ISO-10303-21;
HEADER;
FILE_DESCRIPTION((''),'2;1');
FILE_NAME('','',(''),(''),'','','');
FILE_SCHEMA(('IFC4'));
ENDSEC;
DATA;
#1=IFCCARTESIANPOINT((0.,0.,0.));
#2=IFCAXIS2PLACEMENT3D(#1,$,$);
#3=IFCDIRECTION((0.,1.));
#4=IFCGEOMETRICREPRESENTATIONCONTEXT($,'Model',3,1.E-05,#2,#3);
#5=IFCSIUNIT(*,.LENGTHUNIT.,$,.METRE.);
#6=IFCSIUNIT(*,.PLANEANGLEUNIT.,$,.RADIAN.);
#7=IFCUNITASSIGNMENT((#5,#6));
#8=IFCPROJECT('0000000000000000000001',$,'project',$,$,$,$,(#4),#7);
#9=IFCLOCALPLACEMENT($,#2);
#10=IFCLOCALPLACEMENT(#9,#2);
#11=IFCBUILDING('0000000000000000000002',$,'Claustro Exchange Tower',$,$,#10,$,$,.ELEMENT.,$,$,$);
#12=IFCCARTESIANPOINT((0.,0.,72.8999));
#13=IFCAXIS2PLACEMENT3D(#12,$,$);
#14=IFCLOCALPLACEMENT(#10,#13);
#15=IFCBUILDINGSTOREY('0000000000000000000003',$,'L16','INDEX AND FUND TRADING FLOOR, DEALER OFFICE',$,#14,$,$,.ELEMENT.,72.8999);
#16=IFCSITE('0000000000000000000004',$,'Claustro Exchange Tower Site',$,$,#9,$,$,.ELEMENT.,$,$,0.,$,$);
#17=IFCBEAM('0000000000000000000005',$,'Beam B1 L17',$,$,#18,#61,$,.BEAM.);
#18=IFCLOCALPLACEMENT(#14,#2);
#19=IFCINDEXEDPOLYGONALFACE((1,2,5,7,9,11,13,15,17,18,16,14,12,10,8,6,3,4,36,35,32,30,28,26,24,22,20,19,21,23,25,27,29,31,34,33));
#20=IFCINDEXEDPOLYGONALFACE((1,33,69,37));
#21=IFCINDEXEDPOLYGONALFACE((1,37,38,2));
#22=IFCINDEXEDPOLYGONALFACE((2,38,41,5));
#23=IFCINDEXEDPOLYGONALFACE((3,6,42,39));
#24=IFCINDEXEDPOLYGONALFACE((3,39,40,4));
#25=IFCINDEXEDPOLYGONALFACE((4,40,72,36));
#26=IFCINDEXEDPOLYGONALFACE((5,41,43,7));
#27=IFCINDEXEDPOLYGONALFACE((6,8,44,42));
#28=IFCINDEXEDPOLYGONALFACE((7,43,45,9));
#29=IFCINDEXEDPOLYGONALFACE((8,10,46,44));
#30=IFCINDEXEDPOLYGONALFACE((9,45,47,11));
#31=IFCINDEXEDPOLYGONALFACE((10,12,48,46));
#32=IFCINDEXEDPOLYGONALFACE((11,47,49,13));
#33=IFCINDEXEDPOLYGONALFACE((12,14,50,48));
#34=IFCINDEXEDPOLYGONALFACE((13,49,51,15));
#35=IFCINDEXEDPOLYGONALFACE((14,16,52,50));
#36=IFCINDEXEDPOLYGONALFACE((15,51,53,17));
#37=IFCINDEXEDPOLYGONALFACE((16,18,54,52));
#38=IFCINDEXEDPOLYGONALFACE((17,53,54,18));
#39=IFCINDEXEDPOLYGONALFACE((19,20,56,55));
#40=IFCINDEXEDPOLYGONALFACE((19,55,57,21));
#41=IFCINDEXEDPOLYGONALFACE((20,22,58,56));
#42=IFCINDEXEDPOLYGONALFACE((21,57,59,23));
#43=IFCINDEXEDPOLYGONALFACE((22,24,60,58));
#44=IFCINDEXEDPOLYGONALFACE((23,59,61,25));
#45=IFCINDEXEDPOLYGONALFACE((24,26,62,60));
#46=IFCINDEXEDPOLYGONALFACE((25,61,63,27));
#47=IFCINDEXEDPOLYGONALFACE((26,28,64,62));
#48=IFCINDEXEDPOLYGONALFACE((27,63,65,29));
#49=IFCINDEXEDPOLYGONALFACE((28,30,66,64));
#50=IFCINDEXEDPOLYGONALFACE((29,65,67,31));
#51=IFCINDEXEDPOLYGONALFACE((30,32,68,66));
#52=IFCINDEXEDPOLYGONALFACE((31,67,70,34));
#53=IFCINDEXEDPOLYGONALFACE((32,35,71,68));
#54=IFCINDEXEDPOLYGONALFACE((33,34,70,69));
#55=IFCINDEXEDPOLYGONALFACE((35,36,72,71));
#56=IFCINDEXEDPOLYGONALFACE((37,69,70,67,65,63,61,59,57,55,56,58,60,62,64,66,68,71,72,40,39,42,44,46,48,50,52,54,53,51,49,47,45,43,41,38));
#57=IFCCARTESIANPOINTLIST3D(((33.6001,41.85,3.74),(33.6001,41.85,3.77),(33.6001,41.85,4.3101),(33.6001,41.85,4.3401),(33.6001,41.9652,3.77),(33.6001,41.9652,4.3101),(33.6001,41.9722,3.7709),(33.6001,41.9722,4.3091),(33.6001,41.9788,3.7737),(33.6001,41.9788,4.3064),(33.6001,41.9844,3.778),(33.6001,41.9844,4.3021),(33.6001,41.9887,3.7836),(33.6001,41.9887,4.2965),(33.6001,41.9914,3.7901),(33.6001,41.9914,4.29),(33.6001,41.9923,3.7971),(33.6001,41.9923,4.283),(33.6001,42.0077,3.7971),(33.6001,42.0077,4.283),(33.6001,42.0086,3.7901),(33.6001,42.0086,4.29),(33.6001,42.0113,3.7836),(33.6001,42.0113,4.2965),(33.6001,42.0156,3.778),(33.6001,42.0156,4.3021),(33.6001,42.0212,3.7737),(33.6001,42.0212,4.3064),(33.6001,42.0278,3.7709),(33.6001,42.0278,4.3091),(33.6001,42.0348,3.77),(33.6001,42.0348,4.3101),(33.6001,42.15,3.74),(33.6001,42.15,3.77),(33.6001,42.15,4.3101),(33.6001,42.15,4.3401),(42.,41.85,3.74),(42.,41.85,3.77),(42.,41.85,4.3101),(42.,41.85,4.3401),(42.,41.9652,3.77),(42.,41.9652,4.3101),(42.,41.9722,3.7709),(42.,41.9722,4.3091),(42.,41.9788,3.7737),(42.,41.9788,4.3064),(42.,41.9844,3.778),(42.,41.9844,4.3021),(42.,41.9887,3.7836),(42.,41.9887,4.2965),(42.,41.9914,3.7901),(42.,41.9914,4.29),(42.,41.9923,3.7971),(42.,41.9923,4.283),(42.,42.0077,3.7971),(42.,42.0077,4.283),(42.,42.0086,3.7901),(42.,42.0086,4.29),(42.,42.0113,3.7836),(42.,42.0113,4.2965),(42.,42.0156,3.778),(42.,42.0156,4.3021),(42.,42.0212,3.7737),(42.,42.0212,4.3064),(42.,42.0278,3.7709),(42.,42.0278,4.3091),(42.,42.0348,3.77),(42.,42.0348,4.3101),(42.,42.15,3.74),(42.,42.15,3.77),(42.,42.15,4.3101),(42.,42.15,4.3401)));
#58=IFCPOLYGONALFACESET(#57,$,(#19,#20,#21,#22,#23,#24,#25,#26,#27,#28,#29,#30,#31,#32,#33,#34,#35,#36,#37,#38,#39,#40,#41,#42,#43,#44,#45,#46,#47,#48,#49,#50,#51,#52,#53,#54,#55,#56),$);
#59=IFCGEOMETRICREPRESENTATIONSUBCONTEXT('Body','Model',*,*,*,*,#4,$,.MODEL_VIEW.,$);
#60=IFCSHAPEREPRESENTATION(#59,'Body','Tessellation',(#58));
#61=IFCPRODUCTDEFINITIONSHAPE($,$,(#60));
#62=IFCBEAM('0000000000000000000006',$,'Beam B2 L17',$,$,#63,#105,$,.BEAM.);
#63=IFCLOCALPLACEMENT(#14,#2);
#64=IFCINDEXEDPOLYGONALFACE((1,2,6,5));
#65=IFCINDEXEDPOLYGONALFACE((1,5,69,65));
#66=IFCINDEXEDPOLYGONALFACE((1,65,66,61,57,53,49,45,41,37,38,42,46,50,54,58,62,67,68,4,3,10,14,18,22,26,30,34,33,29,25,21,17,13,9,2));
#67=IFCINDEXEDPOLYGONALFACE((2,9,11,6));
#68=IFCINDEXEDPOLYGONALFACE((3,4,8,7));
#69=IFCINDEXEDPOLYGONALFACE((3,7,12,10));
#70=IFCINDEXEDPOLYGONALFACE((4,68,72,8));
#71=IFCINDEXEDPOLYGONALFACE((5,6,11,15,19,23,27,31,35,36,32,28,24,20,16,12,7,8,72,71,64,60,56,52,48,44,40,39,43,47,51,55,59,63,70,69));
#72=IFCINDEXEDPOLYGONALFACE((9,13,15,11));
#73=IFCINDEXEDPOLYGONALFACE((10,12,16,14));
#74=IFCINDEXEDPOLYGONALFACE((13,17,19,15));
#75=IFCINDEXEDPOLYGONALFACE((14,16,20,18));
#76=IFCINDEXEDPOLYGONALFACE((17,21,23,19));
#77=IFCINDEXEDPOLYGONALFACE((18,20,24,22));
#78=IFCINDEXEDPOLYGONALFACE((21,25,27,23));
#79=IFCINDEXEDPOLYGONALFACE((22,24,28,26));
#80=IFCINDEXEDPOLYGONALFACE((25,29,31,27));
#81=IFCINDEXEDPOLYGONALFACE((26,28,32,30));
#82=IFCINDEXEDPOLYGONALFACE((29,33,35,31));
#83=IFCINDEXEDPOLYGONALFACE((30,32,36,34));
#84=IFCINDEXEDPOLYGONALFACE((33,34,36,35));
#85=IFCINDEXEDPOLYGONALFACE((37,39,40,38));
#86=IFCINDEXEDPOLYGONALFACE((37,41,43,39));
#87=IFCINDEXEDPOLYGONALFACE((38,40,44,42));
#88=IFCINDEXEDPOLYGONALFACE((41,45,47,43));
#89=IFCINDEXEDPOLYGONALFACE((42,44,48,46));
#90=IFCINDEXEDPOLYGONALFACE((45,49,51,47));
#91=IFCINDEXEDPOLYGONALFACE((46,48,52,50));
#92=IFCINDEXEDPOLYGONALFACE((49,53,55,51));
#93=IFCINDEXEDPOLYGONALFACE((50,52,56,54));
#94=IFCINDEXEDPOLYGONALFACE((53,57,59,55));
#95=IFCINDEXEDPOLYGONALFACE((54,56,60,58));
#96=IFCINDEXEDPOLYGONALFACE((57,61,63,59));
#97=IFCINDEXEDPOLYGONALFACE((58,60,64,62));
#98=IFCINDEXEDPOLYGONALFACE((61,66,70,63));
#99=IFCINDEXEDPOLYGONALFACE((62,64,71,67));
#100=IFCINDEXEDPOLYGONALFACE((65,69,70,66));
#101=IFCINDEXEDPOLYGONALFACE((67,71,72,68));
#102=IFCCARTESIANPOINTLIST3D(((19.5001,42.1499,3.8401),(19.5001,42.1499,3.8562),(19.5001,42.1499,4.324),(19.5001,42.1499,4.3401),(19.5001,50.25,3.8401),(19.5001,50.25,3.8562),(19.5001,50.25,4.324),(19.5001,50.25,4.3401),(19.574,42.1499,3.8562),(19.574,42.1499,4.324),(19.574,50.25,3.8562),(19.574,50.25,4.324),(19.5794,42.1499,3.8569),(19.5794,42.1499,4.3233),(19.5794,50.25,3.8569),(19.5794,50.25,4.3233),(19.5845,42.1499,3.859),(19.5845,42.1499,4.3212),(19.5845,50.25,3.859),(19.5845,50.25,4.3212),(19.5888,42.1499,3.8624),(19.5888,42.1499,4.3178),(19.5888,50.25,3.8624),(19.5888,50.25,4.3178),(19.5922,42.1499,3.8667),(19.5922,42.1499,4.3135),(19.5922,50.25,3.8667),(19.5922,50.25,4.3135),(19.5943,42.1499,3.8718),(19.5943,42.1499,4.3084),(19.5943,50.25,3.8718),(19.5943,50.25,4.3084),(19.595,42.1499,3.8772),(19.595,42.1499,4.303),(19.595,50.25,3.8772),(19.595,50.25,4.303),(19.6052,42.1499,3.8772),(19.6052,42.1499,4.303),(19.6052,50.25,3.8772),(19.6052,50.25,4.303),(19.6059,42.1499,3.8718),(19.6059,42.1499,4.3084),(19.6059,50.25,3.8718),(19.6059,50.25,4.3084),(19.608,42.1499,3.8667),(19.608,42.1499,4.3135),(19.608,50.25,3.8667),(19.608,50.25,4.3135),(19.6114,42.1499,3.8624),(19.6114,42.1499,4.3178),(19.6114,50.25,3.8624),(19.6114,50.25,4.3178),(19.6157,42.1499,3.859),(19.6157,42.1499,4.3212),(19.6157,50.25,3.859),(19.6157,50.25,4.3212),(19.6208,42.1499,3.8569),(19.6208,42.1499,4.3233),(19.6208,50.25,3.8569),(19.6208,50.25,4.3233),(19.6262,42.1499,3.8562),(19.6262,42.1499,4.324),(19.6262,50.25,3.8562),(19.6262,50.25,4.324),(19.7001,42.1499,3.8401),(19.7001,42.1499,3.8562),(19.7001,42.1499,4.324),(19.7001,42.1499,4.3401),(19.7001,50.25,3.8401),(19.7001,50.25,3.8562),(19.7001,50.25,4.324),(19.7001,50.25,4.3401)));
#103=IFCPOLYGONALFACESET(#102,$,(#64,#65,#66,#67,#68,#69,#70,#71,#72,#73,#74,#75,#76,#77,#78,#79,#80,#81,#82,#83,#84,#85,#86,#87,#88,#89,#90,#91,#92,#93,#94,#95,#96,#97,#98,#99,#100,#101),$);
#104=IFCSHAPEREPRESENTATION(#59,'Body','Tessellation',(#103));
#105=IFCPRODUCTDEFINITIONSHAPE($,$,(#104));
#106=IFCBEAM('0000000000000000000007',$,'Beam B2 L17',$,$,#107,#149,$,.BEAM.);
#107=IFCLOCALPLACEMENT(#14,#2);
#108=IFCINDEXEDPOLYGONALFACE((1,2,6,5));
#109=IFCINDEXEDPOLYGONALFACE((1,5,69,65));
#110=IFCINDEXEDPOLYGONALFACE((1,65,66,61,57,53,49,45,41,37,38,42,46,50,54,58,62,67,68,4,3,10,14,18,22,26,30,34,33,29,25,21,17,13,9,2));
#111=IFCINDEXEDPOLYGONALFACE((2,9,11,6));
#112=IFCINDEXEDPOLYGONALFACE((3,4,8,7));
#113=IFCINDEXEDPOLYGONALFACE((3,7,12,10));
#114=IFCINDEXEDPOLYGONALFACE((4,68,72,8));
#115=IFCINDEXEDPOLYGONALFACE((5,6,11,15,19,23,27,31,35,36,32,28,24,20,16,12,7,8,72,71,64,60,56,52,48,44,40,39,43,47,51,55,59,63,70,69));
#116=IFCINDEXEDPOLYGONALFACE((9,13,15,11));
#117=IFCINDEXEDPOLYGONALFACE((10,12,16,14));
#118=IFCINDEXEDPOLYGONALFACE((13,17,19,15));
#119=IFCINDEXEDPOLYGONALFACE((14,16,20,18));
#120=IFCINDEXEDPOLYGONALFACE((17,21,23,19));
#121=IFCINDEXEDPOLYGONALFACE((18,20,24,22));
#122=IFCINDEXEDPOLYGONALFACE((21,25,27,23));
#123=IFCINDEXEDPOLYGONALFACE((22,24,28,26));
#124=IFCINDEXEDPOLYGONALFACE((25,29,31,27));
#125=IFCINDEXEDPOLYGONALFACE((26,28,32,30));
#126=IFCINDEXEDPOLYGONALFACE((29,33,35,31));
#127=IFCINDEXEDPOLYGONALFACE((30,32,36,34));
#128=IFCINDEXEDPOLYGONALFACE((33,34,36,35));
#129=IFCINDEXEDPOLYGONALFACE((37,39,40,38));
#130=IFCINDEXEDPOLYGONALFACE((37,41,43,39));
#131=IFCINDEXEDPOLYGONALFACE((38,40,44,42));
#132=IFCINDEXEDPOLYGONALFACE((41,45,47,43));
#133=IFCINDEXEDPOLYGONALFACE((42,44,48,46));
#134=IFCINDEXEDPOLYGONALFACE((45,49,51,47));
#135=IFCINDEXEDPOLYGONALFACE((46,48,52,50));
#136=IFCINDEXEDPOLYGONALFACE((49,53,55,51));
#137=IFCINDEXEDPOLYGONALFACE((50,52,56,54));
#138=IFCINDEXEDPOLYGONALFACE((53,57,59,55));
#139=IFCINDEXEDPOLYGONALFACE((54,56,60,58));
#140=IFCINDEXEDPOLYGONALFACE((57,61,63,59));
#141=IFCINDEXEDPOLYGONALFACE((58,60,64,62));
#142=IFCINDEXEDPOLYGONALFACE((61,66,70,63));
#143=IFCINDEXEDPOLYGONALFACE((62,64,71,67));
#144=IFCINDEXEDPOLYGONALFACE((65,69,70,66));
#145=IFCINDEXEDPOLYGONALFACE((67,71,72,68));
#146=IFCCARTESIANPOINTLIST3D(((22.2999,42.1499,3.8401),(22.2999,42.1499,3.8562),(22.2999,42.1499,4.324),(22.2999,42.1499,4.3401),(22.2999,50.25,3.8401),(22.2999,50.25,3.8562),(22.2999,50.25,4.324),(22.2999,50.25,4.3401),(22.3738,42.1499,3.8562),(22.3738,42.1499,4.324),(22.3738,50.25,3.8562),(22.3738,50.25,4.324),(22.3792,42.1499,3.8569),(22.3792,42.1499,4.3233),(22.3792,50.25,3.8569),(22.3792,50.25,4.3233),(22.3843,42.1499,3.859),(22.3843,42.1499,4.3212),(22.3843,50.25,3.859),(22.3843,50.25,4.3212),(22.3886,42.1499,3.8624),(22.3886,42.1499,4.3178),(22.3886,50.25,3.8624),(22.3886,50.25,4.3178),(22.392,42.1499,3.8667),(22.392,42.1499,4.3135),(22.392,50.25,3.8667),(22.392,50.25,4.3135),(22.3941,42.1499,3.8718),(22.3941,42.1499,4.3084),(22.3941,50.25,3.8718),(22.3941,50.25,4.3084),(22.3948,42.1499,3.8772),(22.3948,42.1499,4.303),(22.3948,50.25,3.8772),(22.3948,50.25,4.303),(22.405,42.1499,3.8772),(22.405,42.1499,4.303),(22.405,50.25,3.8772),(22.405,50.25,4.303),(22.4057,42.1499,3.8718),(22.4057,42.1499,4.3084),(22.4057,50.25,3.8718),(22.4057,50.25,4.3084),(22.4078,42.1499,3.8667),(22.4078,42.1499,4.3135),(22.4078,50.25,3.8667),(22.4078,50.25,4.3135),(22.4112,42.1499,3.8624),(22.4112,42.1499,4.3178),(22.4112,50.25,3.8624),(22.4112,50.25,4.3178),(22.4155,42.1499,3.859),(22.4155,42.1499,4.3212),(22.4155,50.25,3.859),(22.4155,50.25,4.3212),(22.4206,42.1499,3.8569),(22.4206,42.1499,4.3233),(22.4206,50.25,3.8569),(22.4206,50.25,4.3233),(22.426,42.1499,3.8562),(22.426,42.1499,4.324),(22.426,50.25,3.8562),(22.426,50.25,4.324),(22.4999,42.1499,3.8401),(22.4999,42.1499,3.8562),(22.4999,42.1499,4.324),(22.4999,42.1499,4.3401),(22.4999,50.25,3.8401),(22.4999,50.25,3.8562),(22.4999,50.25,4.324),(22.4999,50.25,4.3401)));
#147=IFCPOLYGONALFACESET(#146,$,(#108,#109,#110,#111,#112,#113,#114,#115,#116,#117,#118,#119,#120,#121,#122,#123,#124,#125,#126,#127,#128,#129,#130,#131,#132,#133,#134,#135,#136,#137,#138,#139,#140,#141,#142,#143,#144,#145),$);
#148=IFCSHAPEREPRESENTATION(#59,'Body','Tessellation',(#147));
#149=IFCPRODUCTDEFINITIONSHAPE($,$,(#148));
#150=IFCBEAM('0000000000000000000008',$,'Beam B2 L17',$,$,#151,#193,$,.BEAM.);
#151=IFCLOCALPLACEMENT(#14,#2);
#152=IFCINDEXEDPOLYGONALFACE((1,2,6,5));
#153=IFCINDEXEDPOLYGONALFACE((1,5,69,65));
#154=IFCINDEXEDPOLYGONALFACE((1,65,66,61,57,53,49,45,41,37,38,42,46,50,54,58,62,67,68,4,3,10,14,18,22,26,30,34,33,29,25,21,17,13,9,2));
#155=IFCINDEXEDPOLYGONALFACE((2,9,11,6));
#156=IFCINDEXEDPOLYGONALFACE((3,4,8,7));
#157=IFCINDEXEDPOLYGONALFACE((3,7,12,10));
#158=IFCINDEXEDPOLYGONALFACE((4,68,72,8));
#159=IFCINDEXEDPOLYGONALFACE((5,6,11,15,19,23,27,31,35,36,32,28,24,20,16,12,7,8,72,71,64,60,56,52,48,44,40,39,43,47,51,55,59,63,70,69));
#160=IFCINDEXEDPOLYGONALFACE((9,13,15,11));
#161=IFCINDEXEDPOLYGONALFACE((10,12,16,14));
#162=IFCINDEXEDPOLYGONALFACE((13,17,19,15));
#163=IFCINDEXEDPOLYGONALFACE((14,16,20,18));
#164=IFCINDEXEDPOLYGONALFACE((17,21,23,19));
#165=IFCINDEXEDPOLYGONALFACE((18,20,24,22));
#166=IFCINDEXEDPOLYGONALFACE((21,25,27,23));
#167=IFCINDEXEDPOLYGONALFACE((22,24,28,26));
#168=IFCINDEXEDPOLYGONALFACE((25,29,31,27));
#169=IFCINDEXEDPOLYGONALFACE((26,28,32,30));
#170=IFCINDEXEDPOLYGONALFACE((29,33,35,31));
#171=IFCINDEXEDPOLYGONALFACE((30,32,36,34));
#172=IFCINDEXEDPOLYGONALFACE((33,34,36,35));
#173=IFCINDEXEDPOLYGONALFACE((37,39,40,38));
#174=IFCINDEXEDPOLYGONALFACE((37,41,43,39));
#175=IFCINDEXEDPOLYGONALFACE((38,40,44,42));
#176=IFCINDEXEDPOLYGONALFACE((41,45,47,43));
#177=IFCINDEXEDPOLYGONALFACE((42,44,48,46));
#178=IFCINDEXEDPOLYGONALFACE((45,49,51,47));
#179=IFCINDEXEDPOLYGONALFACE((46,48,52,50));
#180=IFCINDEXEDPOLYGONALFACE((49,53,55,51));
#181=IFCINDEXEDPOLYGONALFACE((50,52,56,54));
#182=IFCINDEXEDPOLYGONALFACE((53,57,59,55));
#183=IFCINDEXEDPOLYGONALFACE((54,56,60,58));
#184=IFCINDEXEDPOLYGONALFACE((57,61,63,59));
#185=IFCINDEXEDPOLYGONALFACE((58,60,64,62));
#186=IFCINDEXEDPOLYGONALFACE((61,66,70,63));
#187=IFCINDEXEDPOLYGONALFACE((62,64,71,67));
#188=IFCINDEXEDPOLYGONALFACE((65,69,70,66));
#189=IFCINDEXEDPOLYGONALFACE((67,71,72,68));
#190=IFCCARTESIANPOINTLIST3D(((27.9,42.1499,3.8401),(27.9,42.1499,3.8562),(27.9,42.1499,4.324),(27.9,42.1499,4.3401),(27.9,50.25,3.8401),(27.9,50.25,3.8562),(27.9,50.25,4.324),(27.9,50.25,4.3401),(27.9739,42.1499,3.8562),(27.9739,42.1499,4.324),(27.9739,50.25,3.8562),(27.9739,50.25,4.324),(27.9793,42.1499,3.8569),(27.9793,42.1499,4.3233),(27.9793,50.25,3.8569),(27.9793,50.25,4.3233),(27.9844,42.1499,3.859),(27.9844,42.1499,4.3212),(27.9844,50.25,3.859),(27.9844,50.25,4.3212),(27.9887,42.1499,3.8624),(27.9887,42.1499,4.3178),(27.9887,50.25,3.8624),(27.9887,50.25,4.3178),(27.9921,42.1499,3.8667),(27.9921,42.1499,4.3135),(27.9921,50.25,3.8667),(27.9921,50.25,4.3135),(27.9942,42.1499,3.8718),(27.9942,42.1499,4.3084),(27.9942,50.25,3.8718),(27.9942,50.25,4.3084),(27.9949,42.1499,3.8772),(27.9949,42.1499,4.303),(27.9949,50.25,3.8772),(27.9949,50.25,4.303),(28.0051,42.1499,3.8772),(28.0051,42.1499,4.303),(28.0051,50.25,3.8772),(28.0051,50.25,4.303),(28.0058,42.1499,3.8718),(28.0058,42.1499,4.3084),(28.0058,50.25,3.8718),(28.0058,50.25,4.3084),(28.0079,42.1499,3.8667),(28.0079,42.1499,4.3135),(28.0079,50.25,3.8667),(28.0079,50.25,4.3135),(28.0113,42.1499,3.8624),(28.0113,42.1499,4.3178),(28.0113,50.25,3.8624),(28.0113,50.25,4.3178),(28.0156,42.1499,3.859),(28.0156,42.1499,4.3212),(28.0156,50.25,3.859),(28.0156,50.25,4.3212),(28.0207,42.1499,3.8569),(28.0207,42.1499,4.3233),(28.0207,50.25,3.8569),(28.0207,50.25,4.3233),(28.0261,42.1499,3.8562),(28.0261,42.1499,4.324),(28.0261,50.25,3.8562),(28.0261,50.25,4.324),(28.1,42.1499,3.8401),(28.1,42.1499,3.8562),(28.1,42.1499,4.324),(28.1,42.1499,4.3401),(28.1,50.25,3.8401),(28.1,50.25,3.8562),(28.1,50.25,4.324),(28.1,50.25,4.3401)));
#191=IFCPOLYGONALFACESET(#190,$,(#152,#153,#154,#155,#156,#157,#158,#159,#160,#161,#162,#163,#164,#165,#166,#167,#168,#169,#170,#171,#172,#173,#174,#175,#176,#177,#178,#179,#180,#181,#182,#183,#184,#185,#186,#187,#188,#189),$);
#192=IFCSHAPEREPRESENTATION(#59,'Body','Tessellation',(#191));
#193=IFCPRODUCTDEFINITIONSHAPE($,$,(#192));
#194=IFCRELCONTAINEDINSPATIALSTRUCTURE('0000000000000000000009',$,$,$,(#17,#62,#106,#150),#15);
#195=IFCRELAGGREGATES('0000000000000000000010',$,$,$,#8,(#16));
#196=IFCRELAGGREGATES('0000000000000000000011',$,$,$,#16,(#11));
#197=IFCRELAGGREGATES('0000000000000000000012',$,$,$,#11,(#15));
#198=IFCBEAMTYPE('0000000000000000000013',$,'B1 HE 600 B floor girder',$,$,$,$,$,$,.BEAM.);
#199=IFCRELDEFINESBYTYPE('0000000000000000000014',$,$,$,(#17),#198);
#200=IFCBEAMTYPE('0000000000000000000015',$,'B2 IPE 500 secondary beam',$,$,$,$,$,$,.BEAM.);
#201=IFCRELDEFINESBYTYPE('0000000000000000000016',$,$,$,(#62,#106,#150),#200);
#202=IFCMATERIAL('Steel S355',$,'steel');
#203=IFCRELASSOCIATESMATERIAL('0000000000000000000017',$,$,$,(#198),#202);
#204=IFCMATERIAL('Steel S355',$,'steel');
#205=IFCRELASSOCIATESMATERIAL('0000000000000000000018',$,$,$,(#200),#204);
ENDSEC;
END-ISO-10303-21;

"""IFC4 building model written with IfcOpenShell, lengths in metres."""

from ifc_helpers import new_model, si_unit, direction, frame, origin, origin_2d, place, context, subcontext, project, spatial, i_section, extrude, material, material_profile, profile_set, type_object, element, save


model = new_model("IFC4")

# Units and contexts
model_context = context("Model", 3, precision=1e-05, world=origin(), true_north=direction((0.0, 1.0)))
body_context = subcontext(model_context, "Body", "Model", "MODEL_VIEW")
ifc_project = project(units=[si_unit("LENGTHUNIT", "METRE"), si_unit("PLANEANGLEUNIT", "RADIAN")], contexts=[model_context])

# Site, building, storey
site_placement = place(None, origin())
site = spatial("IfcSite", under=ifc_project, at=site_placement, Name="Claustro Exchange Tower Site", CompositionType="ELEMENT", RefElevation=0.0)
building_placement = place(site_placement, origin())
building = spatial("IfcBuilding", under=site, at=building_placement, Name="Claustro Exchange Tower", CompositionType="ELEMENT")
storey_placement = place(building_placement, frame((0.0, 0.0, 72.8999)))
storey = spatial("IfcBuildingStorey", under=building, at=storey_placement, Name="L16", Description="INDEX AND FUND TRADING FLOOR, DEALER OFFICE", CompositionType="ELEMENT", Elevation=72.8999)

# Beams
ifc_material_1 = material(Name="Steel S355", Category="steel")
ifc_material_profile_1 = material_profile(ifc_material_1, i_section(OverallWidth=0.3, OverallDepth=0.6001, WebThickness=0.0154, FlangeThickness=0.03, FilletRadius=0.0271, at=origin_2d()), Name="HE 600 B")
ifc_profile_set_1 = profile_set([ifc_material_profile_1], Name="Steel S355")
beam_type_1 = type_object("IfcBeamType", Name="B1 HE 600 B floor girder", PredefinedType="BEAM", material=ifc_profile_set_1)
beam_1_placement = place(storey_placement, frame((33.6001, 42.0, 4.04), z_axis=(1.0, 0.0, 0.0), x_axis=(0.0, 1.0, 0.0)))
element("IfcBeam", 1, at=beam_1_placement, inside=storey, type_object=beam_type_1, Name="Beam B1 L17", PredefinedType="BEAM", context=body_context, shape_type="SweptSolid", body=[
    extrude(i_section(OverallWidth=0.3, OverallDepth=0.6001, WebThickness=0.0154, FlangeThickness=0.03, FilletRadius=0.0271, at=origin_2d()), origin(), (0.0, 0.0, 1.0), 8.3999),
])
ifc_material_2 = material(Name="Steel S355", Category="steel")
ifc_material_profile_2 = material_profile(ifc_material_2, i_section(OverallWidth=0.2, OverallDepth=0.5, WebThickness=0.0103, FlangeThickness=0.0161, FilletRadius=0.021, at=origin_2d()), Name="IPE 500")
ifc_profile_set_2 = profile_set([ifc_material_profile_2], Name="Steel S355")
beam_type_2 = type_object("IfcBeamType", Name="B2 IPE 500 secondary beam", PredefinedType="BEAM", material=ifc_profile_set_2)
for number, where, z_axis, x_axis, name in (
    (2, (19.6001, 42.1499, 4.0901), (0.0, 1.0, 0.0), (-1.0, 0.0, 0.0), "Beam B2 L17"),
    (3, (22.3999, 42.1499, 4.0901), (0.0, 1.0, 0.0), (-1.0, 0.0, 0.0), "Beam B2 L17"),
    (4, (28.0, 42.1499, 4.0901), (0.0, 1.0, 0.0), (-1.0, 0.0, 0.0), "Beam B2 L17"),
):
    element("IfcBeam", number, at=place(storey_placement, frame(where, z_axis=z_axis, x_axis=x_axis)), inside=storey, type_object=beam_type_2, Name=name, PredefinedType="BEAM", context=body_context, shape_type="SweptSolid", body=[
        extrude(i_section(OverallWidth=0.2, OverallDepth=0.5, WebThickness=0.0103, FlangeThickness=0.0161, FilletRadius=0.021, at=origin_2d()), origin(), (0.0, 0.0, 1.0), 8.1001),
    ])

save(model, "model.ifc")
